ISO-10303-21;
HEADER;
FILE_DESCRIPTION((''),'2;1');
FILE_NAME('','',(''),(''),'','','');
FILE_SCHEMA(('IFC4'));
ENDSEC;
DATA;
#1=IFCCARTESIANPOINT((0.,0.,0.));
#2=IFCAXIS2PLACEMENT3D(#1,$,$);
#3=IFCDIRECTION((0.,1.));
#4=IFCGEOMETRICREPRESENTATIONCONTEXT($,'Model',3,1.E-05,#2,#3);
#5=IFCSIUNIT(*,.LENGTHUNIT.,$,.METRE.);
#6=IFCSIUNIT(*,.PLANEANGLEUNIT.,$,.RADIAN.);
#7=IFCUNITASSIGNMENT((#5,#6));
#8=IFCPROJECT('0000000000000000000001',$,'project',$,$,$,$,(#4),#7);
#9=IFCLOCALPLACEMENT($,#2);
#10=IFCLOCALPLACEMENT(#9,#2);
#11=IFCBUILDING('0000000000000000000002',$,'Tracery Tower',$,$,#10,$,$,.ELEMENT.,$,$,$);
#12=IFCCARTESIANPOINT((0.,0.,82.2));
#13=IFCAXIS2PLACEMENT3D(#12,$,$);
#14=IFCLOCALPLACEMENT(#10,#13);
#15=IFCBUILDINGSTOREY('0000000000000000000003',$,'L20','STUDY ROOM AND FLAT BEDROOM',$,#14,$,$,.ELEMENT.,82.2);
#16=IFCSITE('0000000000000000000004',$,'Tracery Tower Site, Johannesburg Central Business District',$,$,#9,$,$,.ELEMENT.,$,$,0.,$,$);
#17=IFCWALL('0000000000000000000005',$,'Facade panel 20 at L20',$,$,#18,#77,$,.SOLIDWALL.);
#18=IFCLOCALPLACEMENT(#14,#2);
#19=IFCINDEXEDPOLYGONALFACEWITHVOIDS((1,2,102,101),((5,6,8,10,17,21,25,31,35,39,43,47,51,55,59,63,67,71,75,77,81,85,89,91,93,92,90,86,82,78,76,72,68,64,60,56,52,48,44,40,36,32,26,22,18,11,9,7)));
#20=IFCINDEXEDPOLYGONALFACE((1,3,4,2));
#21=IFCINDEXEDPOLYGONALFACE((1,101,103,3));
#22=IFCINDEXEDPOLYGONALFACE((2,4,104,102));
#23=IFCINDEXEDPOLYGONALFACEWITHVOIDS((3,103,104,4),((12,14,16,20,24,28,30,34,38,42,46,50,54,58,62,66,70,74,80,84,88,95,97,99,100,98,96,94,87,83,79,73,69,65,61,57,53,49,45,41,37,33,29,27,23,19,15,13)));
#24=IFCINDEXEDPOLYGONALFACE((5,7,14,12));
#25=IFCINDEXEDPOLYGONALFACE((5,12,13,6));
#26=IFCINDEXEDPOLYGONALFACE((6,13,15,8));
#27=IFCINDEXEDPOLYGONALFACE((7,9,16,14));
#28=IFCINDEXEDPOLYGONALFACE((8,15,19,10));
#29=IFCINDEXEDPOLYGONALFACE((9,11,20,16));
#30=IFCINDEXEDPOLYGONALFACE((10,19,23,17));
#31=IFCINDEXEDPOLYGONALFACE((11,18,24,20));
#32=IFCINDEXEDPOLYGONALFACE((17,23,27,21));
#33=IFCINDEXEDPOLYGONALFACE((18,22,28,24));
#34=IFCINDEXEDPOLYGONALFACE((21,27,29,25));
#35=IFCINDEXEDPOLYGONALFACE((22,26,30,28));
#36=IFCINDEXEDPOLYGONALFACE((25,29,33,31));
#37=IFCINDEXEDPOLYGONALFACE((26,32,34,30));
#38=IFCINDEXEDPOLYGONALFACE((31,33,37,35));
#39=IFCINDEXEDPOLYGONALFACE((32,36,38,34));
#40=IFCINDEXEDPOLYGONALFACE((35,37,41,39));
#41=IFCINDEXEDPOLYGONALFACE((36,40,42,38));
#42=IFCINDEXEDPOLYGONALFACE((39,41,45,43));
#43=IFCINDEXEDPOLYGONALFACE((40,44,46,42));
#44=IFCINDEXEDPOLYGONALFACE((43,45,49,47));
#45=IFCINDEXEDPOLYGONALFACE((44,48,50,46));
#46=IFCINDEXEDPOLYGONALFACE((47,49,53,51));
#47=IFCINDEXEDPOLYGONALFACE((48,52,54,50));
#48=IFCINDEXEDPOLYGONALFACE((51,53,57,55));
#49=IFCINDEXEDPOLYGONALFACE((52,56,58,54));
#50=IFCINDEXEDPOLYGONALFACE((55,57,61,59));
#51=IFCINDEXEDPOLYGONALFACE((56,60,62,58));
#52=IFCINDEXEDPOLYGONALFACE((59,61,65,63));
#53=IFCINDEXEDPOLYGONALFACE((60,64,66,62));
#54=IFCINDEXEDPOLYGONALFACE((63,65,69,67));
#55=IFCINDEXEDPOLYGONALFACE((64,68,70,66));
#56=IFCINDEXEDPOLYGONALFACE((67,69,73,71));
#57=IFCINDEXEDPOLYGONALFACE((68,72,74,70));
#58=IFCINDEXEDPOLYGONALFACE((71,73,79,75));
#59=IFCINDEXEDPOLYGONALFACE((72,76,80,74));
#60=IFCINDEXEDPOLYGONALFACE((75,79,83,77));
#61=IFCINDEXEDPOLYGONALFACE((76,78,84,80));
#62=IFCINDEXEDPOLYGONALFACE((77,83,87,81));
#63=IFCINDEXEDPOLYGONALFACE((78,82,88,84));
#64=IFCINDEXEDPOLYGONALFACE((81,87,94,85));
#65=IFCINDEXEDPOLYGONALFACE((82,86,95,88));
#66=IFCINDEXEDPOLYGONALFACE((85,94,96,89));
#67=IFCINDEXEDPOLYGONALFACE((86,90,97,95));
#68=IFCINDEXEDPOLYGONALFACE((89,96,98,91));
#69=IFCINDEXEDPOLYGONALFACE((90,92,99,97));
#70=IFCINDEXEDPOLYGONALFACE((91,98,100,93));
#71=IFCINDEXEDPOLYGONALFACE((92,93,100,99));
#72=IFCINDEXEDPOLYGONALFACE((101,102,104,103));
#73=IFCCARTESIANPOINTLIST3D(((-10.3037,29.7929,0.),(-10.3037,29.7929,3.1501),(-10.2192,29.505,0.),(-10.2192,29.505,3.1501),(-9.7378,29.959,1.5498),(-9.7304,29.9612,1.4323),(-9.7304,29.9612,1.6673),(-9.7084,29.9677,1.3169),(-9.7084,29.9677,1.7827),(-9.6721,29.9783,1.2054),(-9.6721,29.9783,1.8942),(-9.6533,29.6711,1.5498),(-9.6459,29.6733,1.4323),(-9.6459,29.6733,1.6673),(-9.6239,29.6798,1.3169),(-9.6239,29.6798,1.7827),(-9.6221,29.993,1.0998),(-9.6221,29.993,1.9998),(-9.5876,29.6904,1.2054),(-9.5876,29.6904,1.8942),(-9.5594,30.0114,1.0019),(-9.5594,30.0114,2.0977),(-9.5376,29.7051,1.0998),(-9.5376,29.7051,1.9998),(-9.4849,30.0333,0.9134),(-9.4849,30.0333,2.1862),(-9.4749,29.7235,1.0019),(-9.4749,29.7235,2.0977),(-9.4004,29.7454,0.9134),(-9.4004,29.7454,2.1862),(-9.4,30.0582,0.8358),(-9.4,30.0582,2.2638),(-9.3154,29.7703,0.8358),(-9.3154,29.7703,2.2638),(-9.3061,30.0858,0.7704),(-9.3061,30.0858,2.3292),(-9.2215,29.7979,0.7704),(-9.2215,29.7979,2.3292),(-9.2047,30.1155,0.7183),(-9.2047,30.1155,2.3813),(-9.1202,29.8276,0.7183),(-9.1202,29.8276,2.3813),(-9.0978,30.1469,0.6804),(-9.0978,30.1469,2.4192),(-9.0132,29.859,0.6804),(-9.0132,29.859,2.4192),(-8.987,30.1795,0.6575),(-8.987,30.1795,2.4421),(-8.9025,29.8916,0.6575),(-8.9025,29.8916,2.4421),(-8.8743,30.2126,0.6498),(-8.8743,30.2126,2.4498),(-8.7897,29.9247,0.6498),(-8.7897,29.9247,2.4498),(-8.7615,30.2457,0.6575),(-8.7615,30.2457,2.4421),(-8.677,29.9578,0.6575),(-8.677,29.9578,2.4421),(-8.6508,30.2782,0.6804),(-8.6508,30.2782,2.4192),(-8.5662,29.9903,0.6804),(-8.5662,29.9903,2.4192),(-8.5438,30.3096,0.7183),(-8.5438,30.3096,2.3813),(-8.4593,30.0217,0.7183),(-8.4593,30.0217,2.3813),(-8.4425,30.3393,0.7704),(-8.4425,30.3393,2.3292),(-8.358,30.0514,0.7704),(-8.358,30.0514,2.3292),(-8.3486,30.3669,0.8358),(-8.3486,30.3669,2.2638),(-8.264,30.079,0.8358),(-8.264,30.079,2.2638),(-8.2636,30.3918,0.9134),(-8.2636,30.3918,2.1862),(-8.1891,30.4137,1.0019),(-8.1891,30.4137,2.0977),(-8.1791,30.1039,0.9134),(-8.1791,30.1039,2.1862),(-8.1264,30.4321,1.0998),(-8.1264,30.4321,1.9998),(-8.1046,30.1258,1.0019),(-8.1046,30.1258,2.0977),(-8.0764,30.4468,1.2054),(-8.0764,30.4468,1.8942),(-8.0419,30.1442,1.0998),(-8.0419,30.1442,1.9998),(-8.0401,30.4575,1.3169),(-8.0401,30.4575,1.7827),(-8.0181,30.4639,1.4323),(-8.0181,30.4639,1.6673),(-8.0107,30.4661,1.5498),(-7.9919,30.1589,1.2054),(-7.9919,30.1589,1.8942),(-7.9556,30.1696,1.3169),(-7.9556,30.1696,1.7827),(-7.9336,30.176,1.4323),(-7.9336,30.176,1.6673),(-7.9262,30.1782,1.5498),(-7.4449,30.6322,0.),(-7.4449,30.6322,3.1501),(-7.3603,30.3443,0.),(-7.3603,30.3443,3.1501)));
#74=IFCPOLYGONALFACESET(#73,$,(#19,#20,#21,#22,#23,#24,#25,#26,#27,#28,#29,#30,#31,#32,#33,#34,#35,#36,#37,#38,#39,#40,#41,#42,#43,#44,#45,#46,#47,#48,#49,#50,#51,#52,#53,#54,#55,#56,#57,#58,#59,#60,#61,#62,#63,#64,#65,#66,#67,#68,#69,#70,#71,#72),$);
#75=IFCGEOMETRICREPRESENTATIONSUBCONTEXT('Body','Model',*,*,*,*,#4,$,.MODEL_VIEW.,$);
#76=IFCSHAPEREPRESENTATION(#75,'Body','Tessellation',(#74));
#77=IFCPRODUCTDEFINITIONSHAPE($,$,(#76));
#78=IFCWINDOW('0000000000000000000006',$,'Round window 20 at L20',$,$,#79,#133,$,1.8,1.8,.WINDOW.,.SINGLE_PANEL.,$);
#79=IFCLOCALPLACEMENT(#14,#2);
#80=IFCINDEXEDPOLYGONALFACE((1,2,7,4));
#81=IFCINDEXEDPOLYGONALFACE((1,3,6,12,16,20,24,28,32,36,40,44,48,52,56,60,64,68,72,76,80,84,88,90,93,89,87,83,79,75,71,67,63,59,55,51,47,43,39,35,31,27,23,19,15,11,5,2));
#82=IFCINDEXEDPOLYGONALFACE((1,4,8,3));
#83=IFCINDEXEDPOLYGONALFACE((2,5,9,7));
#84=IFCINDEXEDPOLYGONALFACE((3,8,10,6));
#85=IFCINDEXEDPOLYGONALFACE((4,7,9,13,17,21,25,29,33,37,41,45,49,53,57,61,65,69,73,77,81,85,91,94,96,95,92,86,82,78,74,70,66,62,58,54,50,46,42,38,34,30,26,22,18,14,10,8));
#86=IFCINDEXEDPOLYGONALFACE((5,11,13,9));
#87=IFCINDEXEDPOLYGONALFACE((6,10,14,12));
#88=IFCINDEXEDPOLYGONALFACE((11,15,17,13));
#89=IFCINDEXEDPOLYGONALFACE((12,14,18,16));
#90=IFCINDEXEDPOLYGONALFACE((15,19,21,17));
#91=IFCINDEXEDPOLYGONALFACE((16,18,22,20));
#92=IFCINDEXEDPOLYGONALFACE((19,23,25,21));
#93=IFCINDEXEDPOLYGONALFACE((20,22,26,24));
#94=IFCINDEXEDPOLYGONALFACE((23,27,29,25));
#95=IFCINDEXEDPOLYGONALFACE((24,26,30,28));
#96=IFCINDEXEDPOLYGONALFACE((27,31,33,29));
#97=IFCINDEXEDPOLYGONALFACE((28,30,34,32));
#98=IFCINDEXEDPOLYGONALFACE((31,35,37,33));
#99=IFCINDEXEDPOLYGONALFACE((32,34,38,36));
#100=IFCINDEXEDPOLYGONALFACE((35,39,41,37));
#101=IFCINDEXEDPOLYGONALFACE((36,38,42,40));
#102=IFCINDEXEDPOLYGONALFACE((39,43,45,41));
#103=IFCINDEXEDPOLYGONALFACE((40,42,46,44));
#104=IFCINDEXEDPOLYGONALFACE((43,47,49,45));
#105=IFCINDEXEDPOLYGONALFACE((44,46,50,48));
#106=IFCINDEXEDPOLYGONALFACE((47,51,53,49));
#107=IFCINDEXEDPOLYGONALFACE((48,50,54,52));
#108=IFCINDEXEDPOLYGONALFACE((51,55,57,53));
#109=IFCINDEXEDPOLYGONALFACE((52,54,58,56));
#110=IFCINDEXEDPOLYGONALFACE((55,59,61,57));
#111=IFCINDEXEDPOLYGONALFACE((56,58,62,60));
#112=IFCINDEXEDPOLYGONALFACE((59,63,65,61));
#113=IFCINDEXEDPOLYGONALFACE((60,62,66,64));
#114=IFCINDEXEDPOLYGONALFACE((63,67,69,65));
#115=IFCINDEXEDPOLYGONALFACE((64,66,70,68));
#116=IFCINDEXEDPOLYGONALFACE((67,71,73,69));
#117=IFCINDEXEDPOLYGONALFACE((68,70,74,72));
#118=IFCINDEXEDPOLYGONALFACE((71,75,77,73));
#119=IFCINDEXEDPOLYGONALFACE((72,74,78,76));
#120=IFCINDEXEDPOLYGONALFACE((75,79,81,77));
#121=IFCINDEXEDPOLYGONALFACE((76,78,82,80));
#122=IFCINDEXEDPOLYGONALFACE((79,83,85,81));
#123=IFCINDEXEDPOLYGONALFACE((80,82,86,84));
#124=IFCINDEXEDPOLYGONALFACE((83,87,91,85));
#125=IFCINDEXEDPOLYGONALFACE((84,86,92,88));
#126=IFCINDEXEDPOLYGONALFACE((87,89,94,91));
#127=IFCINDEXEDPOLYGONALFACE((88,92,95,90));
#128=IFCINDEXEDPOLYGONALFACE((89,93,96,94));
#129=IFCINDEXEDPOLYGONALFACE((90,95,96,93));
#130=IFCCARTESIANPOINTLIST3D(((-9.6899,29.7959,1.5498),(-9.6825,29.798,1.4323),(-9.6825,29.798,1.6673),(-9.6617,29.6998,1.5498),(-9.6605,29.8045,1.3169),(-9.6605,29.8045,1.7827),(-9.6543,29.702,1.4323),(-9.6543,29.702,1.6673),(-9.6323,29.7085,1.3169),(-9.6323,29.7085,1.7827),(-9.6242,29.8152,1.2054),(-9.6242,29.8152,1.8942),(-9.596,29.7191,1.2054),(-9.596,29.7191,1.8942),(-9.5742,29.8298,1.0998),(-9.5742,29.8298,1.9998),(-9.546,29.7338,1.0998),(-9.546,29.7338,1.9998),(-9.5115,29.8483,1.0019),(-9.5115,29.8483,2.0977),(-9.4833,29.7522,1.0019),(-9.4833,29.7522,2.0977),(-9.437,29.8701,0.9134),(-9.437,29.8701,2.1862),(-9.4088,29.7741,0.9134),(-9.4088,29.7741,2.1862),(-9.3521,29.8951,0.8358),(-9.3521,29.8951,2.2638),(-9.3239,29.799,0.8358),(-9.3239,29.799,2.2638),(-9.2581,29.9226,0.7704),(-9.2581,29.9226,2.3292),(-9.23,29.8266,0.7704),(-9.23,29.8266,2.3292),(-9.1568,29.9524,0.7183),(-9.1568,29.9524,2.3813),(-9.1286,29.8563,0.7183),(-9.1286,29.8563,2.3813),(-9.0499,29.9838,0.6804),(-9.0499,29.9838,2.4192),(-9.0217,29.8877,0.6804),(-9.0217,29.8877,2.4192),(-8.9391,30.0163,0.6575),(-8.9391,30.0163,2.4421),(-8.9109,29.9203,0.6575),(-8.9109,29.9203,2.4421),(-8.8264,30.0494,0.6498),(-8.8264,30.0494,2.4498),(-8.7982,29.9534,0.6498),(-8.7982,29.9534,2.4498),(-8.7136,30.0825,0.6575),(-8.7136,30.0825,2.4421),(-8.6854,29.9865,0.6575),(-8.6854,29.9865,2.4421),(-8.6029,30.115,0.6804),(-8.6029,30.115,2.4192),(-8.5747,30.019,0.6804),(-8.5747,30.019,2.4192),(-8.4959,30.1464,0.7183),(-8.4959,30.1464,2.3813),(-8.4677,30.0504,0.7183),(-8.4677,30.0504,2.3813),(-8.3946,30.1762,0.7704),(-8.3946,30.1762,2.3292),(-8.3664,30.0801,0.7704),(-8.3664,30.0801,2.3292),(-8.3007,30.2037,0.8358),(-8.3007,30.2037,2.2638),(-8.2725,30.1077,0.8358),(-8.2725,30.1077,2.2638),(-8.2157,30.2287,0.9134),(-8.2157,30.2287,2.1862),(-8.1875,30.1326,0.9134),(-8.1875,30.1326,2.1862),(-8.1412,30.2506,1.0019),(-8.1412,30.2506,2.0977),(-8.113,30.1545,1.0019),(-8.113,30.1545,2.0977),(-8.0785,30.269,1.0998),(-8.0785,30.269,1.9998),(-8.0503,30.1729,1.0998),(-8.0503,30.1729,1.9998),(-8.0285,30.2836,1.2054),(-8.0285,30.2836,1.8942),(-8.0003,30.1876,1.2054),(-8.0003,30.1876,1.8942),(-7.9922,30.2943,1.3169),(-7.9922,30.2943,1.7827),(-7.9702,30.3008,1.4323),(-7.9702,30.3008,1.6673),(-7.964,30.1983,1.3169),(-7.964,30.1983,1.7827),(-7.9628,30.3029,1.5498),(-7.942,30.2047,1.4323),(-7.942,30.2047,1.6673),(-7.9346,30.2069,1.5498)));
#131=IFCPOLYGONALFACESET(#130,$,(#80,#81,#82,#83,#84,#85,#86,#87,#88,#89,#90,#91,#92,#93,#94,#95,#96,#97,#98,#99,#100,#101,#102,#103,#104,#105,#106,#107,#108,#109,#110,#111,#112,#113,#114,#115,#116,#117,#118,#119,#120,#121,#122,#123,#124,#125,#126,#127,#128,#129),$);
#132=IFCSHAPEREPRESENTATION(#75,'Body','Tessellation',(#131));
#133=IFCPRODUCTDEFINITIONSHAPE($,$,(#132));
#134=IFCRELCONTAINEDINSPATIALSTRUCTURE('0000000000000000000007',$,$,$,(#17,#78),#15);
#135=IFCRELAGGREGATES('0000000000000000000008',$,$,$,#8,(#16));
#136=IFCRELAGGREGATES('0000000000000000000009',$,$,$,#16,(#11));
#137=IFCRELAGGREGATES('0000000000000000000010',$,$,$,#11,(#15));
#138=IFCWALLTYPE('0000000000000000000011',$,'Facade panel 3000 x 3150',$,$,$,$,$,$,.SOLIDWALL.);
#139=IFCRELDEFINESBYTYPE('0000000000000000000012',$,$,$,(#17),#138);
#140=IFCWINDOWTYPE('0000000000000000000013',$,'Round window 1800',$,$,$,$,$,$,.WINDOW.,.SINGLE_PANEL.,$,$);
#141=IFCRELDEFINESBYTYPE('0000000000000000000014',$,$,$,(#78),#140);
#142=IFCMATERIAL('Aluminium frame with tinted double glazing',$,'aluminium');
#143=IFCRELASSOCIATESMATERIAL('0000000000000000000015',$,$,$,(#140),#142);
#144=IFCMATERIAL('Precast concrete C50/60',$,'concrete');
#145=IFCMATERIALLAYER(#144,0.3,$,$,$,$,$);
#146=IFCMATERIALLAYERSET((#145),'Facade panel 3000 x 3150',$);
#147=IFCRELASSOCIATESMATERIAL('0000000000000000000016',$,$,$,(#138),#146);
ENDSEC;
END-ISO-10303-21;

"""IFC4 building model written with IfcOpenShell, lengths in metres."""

from ifc_helpers import new_model, si_unit, direction, frame, frame_2d, origin, origin_2d, place, context, subcontext, project, spatial, rectangle, circle, extrude, material, layer, layer_set, type_object, element, fill, save


model = new_model("IFC4")

# Units and contexts
model_context = context("Model", 3, precision=1e-05, world=origin(), true_north=direction((0.0, 1.0)))
body_context = subcontext(model_context, "Body", "Model", "MODEL_VIEW")
ifc_project = project(units=[si_unit("LENGTHUNIT", "METRE"), si_unit("PLANEANGLEUNIT", "RADIAN")], contexts=[model_context])

# Site, building, storey
site_placement = place(None, origin())
site = spatial("IfcSite", under=ifc_project, at=site_placement, Name="Tracery Tower Site, Johannesburg Central Business District", CompositionType="ELEMENT", RefElevation=0.0)
building_placement = place(site_placement, origin())
building = spatial("IfcBuilding", under=site, at=building_placement, Name="Tracery Tower", CompositionType="ELEMENT")
storey_placement = place(building_placement, frame((0.0, 0.0, 82.2)))
storey = spatial("IfcBuildingStorey", under=building, at=storey_placement, Name="L20", Description="STUDY ROOM AND FLAT BEDROOM", CompositionType="ELEMENT", Elevation=82.2)

# Wall, opening, window
ifc_material_1 = material(Name="Aluminium frame with tinted double glazing", Category="aluminium")
window_type = type_object("IfcWindowType", Name="Round window 1800", PartitioningType="SINGLE_PANEL", PredefinedType="WINDOW", material=ifc_material_1)
ifc_material_2 = material(Name="Precast concrete C50/60", Category="concrete")
ifc_layer_1 = layer(ifc_material_2, 0.3)
ifc_layer_set_1 = layer_set([ifc_layer_1], Name="Facade panel 3000 x 3150")
wall_type_1 = type_object("IfcWallType", Name="Facade panel 3000 x 3150", PredefinedType="SOLIDWALL", material=ifc_layer_set_1)
wall_1_placement = place(storey_placement, frame((-7.4026, 30.4883, 0.0), z_axis=(0.0, 0.0, 1.0), x_axis=(-0.959501, -0.281705, 0.0)))
wall_1 = element("IfcWall", 1, at=wall_1_placement, inside=storey, type_object=wall_type_1, Name="Facade panel 20 at L20", PredefinedType="SOLIDWALL", context=body_context, shape_type="SweptSolid", body=[
    extrude(rectangle(XDim=2.9795, YDim=0.3, at=frame_2d((1.4897, 0.0))), origin(), (0.0, 0.0, 1.0), 3.1501),
])
opening_1_placement = place(wall_1_placement, frame((1.4897, 0.0, 1.5498)))
opening_1 = element("IfcOpeningElement", 2, at=opening_1_placement, cuts=wall_1, PredefinedType="OPENING", context=body_context, shape_type="SweptSolid", body=[
    extrude(circle(Radius=0.9, at=origin_2d()), frame((0.0, 0.1599, 0.0), z_axis=(0.0, -1.0, 0.0), x_axis=(1.0, 0.0, 0.0)), (0.0, 0.0, 1.0), 0.3201),
])
window_1_placement = place(opening_1_placement, origin())
window_1 = element("IfcWindow", 3, at=window_1_placement, inside=storey, type_object=window_type, Name="Round window 20 at L20", OverallHeight=1.8, OverallWidth=1.8, PartitioningType="SINGLE_PANEL", PredefinedType="WINDOW", context=body_context, shape_type="SweptSolid", body=[
    extrude(circle(Radius=0.9, at=origin_2d()), frame((0.0, 0.1201, 0.0), z_axis=(0.0, -1.0, 0.0), x_axis=(1.0, 0.0, 0.0)), (0.0, 0.0, 1.0), 0.1001),
])
fill(opening_1, window_1)

save(model, "model.ifc")
